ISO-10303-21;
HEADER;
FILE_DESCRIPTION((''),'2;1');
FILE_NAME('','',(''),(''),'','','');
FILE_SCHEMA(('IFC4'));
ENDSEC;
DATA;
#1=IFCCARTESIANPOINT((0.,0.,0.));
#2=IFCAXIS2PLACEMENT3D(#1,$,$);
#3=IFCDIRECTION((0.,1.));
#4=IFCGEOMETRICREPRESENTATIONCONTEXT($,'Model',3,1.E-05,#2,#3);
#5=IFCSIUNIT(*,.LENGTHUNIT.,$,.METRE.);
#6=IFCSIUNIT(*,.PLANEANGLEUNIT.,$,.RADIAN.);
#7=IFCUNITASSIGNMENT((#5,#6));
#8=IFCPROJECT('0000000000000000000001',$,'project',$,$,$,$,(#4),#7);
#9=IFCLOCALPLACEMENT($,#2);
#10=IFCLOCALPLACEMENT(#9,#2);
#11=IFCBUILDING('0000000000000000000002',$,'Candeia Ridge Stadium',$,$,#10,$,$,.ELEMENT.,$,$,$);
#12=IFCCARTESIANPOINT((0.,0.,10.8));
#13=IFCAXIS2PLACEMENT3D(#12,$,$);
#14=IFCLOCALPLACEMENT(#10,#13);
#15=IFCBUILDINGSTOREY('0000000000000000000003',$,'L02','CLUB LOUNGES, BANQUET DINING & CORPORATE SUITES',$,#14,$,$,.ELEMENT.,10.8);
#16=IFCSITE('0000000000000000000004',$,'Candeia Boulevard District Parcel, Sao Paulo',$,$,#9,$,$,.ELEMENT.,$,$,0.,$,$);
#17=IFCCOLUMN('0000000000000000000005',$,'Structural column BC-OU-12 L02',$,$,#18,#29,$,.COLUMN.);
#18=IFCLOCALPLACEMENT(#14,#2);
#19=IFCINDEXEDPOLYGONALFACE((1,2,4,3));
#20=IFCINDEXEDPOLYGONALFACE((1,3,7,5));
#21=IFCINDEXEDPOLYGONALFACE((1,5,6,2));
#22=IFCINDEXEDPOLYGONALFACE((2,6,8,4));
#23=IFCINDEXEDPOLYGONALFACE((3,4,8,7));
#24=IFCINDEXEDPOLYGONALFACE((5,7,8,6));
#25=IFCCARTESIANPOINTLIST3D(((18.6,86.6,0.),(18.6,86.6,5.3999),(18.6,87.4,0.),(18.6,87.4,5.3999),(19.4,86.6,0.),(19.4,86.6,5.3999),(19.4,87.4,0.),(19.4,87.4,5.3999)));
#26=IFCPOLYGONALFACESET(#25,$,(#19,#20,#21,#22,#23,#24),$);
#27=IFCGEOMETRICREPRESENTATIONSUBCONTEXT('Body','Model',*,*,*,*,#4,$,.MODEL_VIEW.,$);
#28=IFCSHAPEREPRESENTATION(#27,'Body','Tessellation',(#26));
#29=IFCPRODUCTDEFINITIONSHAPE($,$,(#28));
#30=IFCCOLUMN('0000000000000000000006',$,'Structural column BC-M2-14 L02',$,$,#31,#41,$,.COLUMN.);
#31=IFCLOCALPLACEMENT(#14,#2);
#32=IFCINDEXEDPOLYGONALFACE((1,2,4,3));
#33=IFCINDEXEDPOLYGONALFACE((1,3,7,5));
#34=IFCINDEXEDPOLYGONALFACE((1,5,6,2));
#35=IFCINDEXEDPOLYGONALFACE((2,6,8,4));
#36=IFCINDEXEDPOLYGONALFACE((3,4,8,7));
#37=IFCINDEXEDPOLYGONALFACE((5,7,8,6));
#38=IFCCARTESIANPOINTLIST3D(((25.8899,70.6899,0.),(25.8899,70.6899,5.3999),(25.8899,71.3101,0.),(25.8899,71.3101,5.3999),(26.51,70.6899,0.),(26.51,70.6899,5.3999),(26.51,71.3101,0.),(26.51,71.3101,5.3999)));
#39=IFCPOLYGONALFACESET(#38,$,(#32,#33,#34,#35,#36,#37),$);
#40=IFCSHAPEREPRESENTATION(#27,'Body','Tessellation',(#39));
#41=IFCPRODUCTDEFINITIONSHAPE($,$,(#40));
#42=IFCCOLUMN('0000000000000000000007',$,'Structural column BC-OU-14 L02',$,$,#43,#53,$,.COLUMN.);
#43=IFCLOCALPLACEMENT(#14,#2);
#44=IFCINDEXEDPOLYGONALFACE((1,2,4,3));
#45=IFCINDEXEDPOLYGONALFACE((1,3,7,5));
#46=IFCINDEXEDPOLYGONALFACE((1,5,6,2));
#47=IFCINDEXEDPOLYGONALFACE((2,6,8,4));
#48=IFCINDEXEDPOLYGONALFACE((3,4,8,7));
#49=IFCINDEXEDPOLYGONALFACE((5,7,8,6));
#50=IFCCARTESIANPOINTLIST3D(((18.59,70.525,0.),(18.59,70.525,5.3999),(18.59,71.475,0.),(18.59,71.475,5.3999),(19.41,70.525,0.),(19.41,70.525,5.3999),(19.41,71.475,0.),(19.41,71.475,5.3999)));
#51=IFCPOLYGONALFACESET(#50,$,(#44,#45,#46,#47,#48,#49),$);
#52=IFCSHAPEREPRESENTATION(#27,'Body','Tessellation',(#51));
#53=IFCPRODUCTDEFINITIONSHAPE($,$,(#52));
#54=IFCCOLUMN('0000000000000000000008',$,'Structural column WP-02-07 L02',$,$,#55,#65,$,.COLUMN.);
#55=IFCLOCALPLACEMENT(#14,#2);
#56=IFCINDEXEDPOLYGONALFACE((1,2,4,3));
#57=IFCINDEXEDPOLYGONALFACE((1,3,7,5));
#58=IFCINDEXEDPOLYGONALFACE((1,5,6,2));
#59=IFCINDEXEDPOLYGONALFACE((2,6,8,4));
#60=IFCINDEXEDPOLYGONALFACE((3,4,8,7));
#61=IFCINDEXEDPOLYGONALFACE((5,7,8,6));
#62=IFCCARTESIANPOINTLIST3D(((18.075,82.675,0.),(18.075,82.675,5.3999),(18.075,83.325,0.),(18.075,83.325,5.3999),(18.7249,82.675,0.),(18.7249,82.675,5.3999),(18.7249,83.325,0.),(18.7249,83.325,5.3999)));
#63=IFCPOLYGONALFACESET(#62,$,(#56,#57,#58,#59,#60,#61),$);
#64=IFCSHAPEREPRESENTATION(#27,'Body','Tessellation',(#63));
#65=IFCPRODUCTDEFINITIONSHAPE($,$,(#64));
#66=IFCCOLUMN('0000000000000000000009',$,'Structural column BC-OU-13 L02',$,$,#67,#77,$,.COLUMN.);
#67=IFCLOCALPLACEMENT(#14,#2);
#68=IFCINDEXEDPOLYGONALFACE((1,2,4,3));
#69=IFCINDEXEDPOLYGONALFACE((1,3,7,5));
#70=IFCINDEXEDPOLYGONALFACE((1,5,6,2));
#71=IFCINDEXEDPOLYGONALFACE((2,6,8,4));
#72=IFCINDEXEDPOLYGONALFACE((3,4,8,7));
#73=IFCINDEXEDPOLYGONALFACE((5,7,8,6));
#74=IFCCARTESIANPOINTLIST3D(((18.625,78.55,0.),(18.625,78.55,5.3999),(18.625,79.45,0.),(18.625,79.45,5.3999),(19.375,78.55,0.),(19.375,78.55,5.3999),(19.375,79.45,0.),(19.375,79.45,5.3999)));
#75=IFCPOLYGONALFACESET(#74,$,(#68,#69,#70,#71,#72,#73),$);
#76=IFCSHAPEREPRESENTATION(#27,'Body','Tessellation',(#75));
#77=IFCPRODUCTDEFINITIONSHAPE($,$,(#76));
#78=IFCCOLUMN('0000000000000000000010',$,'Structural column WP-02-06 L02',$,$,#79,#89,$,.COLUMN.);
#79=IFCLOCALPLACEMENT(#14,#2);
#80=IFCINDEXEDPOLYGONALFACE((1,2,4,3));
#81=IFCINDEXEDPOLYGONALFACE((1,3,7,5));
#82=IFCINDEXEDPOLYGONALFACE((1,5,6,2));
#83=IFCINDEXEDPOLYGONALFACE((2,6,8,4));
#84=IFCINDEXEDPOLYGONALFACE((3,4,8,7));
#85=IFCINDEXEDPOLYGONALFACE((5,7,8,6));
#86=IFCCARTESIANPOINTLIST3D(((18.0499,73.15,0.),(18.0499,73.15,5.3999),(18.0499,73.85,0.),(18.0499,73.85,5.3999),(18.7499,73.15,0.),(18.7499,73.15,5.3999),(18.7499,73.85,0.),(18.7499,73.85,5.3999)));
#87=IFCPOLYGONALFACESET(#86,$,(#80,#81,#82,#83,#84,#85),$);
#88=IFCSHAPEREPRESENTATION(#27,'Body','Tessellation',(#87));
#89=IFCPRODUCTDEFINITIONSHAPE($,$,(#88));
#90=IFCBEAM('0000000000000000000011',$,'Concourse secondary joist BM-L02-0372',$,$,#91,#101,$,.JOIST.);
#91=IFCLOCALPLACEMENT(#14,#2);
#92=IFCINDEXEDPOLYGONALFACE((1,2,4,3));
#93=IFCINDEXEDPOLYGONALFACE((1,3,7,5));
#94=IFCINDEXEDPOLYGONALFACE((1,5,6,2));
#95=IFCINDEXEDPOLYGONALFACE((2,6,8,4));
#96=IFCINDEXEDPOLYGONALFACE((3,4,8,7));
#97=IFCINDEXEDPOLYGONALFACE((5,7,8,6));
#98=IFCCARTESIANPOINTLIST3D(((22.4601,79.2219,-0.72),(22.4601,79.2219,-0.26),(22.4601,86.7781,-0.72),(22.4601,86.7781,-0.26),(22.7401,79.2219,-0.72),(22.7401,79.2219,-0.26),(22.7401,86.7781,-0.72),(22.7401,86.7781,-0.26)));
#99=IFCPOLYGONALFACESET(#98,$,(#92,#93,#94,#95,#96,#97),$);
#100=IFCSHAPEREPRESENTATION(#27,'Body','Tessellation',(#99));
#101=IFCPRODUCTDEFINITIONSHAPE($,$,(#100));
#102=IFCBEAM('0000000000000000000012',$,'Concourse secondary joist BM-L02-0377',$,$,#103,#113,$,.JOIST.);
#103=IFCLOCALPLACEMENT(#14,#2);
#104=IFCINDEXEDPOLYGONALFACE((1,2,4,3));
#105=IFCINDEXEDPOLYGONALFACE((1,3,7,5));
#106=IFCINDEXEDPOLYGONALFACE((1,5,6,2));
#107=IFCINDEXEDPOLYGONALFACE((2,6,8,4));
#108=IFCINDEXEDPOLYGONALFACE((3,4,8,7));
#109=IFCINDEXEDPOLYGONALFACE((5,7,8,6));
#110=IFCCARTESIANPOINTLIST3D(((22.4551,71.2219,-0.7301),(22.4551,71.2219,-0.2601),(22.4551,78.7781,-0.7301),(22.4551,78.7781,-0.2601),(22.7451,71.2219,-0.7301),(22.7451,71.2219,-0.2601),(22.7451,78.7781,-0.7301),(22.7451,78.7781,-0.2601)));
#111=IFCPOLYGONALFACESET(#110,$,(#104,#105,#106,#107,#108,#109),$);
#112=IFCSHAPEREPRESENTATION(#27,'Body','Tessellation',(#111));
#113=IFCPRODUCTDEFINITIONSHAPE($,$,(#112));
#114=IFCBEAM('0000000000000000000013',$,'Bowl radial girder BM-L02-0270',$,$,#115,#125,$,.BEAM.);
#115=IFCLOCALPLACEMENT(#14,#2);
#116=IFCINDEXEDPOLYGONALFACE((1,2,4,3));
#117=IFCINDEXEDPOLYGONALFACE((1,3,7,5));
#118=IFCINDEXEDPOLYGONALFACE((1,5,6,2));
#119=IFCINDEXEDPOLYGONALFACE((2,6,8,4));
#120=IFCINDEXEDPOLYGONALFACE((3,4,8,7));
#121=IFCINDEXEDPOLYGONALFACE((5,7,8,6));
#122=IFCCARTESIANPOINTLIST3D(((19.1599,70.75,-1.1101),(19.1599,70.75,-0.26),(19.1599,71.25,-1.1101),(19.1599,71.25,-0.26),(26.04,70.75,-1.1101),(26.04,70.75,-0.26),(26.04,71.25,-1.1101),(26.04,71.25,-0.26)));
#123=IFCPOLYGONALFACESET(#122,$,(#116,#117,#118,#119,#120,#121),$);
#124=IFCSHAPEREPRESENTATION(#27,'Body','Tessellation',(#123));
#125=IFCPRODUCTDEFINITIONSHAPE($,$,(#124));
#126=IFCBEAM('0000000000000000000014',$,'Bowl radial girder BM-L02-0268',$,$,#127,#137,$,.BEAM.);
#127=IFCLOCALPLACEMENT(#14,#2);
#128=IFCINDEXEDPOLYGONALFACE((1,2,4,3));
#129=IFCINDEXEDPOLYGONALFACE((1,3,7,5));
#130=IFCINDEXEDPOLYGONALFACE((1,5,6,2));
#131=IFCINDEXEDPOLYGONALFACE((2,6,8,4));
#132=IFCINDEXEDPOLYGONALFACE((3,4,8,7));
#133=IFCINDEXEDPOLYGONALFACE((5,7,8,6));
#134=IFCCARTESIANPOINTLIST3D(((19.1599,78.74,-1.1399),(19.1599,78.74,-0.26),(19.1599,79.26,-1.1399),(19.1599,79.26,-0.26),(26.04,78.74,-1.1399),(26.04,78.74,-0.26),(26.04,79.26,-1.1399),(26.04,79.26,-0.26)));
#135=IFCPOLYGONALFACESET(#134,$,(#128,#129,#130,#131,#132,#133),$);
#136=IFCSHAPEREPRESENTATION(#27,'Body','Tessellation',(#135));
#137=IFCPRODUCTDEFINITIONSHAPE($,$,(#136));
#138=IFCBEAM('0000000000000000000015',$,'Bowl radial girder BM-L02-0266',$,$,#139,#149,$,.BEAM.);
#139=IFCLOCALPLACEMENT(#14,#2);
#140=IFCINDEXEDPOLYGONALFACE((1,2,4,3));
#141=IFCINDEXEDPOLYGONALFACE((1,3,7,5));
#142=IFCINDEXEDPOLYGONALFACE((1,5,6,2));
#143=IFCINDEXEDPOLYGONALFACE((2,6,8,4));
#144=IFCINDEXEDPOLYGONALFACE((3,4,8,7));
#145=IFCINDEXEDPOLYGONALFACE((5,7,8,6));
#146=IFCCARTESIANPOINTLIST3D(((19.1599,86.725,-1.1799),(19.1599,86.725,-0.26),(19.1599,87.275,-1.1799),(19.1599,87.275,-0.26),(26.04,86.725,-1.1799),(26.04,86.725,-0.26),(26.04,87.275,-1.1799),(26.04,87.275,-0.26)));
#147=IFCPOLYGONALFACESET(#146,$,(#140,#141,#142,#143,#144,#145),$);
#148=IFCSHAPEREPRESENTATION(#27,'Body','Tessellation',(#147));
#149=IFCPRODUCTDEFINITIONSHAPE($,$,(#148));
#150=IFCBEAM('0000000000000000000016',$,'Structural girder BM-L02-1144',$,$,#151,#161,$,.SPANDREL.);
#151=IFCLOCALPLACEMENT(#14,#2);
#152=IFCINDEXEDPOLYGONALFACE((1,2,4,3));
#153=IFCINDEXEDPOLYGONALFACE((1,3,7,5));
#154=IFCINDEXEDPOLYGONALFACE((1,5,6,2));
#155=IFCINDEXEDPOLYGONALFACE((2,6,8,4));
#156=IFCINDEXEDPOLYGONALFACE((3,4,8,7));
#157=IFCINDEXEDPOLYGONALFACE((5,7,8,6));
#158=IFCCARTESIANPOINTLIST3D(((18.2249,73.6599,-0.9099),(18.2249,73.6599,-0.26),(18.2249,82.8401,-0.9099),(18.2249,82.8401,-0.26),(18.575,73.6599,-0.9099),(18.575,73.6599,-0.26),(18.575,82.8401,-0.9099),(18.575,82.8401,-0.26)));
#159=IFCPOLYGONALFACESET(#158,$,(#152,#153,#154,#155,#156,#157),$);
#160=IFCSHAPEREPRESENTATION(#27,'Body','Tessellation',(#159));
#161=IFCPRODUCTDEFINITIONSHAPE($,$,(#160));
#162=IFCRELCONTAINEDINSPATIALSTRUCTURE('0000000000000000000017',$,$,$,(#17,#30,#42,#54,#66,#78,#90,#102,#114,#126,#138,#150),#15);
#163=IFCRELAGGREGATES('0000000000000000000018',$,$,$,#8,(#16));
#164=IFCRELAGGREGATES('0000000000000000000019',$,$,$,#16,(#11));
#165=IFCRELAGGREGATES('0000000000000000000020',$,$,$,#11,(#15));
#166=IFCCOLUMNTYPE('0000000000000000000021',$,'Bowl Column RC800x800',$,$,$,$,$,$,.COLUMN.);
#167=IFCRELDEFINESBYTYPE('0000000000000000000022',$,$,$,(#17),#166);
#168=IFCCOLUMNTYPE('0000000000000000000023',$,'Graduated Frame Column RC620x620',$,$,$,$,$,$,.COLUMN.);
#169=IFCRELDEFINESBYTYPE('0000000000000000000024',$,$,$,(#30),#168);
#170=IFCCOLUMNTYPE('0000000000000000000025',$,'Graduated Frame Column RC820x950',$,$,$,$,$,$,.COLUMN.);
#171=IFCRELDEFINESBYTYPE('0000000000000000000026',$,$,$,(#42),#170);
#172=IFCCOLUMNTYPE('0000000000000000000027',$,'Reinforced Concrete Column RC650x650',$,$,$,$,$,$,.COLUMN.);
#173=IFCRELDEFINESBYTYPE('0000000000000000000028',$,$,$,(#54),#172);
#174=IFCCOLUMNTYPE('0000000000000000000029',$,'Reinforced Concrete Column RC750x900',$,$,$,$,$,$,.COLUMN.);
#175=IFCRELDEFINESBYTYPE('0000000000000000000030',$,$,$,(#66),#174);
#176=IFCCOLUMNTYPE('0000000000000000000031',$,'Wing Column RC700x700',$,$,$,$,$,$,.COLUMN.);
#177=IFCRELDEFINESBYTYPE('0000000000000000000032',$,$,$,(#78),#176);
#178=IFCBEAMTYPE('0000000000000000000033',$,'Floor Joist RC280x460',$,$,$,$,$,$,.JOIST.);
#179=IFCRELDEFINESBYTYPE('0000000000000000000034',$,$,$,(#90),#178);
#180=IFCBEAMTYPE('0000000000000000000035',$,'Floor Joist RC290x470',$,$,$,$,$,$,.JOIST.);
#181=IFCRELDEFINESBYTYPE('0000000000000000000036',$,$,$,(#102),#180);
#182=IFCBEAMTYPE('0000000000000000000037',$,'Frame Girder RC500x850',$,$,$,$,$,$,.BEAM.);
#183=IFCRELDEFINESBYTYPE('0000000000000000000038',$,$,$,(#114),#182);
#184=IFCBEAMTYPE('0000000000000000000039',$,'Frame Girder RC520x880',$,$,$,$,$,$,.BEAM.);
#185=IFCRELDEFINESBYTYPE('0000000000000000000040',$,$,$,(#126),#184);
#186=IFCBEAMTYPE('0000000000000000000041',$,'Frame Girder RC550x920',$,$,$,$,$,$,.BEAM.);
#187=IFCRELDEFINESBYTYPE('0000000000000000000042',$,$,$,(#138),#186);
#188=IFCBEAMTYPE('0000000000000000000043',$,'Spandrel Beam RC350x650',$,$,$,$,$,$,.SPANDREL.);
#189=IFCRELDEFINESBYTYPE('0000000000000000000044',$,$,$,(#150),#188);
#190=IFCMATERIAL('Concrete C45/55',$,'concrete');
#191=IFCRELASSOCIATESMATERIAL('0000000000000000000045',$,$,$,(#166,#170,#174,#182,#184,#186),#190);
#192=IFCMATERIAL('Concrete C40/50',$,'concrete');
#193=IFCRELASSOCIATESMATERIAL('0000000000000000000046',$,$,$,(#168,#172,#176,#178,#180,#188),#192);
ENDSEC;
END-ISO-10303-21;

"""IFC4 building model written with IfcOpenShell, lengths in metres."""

from ifc_helpers import new_model, si_unit, direction, frame, origin, origin_2d, place, context, subcontext, project, spatial, rectangle, extrude, material, material_profile, profile_set, type_object, element, save


model = new_model("IFC4")

# Units and contexts
model_context = context("Model", 3, precision=1e-05, world=origin(), true_north=direction((0.0, 1.0)))
body_context = subcontext(model_context, "Body", "Model", "MODEL_VIEW")
ifc_project = project(units=[si_unit("LENGTHUNIT", "METRE"), si_unit("PLANEANGLEUNIT", "RADIAN")], contexts=[model_context])

# Site, building, storey
site_placement = place(None, origin())
site = spatial("IfcSite", under=ifc_project, at=site_placement, Name="Candeia Boulevard District Parcel, Sao Paulo", CompositionType="ELEMENT", RefElevation=0.0)
building_placement = place(site_placement, origin())
building = spatial("IfcBuilding", under=site, at=building_placement, Name="Candeia Ridge Stadium", CompositionType="ELEMENT")
storey_placement = place(building_placement, frame((0.0, 0.0, 10.8)))
storey = spatial("IfcBuildingStorey", under=building, at=storey_placement, Name="L02", Description="CLUB LOUNGES, BANQUET DINING & CORPORATE SUITES", CompositionType="ELEMENT", Elevation=10.8)

# Columns
ifc_material_1 = material(Name="Concrete C45/55", Category="concrete")
ifc_material_profile_1 = material_profile(ifc_material_1, rectangle(XDim=0.8, YDim=0.8, at=origin_2d()), Name="RC800x800", Category="concrete")
ifc_profile_set_1 = profile_set([ifc_material_profile_1], Name="Concrete C45/55")
column_type_1 = type_object("IfcColumnType", Name="Bowl Column RC800x800", PredefinedType="COLUMN", material=ifc_profile_set_1)
column_1_placement = place(storey_placement, frame((19.0, 87.0, 0.0), z_axis=(0.0, 0.0, 1.0), x_axis=(1.0, 0.0, 0.0)))
element("IfcColumn", 1, at=column_1_placement, inside=storey, type_object=column_type_1, Name="Structural column BC-OU-12 L02", PredefinedType="COLUMN", context=body_context, shape_type="SweptSolid", body=[
    extrude(rectangle(XDim=0.8, YDim=0.8, at=origin_2d()), origin(), (0.0, 0.0, 1.0), 5.3999),
])
ifc_material_2 = material(Name="Concrete C40/50", Category="concrete")
ifc_material_profile_2 = material_profile(ifc_material_2, rectangle(XDim=0.6201, YDim=0.6201, at=origin_2d()), Name="RC620x620", Category="concrete")
ifc_profile_set_2 = profile_set([ifc_material_profile_2], Name="Concrete C40/50")
column_type_2 = type_object("IfcColumnType", Name="Graduated Frame Column RC620x620", PredefinedType="COLUMN", material=ifc_profile_set_2)
column_2_placement = place(storey_placement, frame((26.2, 71.0, 0.0), z_axis=(0.0, 0.0, 1.0), x_axis=(1.0, 0.0, 0.0)))
element("IfcColumn", 2, at=column_2_placement, inside=storey, type_object=column_type_2, Name="Structural column BC-M2-14 L02", PredefinedType="COLUMN", context=body_context, shape_type="SweptSolid", body=[
    extrude(rectangle(XDim=0.6201, YDim=0.6201, at=origin_2d()), origin(), (0.0, 0.0, 1.0), 5.3999),
])
ifc_material_profile_3 = material_profile(ifc_material_1, rectangle(XDim=0.8201, YDim=0.95, at=origin_2d()), Name="RC820x950", Category="concrete")
ifc_profile_set_3 = profile_set([ifc_material_profile_3], Name="Concrete C45/55")
column_type_3 = type_object("IfcColumnType", Name="Graduated Frame Column RC820x950", PredefinedType="COLUMN", material=ifc_profile_set_3)
column_3_placement = place(storey_placement, frame((19.0, 71.0, 0.0), z_axis=(0.0, 0.0, 1.0), x_axis=(1.0, 0.0, 0.0)))
element("IfcColumn", 3, at=column_3_placement, inside=storey, type_object=column_type_3, Name="Structural column BC-OU-14 L02", PredefinedType="COLUMN", context=body_context, shape_type="SweptSolid", body=[
    extrude(rectangle(XDim=0.8201, YDim=0.95, at=origin_2d()), origin(), (0.0, 0.0, 1.0), 5.3999),
])
ifc_material_profile_4 = material_profile(ifc_material_2, rectangle(XDim=0.6499, YDim=0.6499, at=origin_2d()), Name="RC650x650", Category="concrete")
ifc_profile_set_4 = profile_set([ifc_material_profile_4], Name="Concrete C40/50")
column_type_4 = type_object("IfcColumnType", Name="Reinforced Concrete Column RC650x650", PredefinedType="COLUMN", material=ifc_profile_set_4)
column_4_placement = place(storey_placement, frame((18.3999, 83.0, 0.0), z_axis=(0.0, 0.0, 1.0), x_axis=(1.0, 0.0, 0.0)))
element("IfcColumn", 4, at=column_4_placement, inside=storey, type_object=column_type_4, Name="Structural column WP-02-07 L02", PredefinedType="COLUMN", context=body_context, shape_type="SweptSolid", body=[
    extrude(rectangle(XDim=0.6499, YDim=0.6499, at=origin_2d()), origin(), (0.0, 0.0, 1.0), 5.3999),
])
ifc_material_profile_5 = material_profile(ifc_material_1, rectangle(XDim=0.75, YDim=0.8999, at=origin_2d()), Name="RC750x900", Category="concrete")
ifc_profile_set_5 = profile_set([ifc_material_profile_5], Name="Concrete C45/55")
column_type_5 = type_object("IfcColumnType", Name="Reinforced Concrete Column RC750x900", PredefinedType="COLUMN", material=ifc_profile_set_5)
column_5_placement = place(storey_placement, frame((19.0, 79.0, 0.0), z_axis=(0.0, 0.0, 1.0), x_axis=(1.0, 0.0, 0.0)))
element("IfcColumn", 5, at=column_5_placement, inside=storey, type_object=column_type_5, Name="Structural column BC-OU-13 L02", PredefinedType="COLUMN", context=body_context, shape_type="SweptSolid", body=[
    extrude(rectangle(XDim=0.75, YDim=0.8999, at=origin_2d()), origin(), (0.0, 0.0, 1.0), 5.3999),
])
ifc_material_profile_6 = material_profile(ifc_material_2, rectangle(XDim=0.7, YDim=0.7, at=origin_2d()), Name="RC700x700", Category="concrete")
ifc_profile_set_6 = profile_set([ifc_material_profile_6], Name="Concrete C40/50")
column_type_6 = type_object("IfcColumnType", Name="Wing Column RC700x700", PredefinedType="COLUMN", material=ifc_profile_set_6)
column_6_placement = place(storey_placement, frame((18.3999, 73.5, 0.0), z_axis=(0.0, 0.0, 1.0), x_axis=(1.0, 0.0, 0.0)))
element("IfcColumn", 6, at=column_6_placement, inside=storey, type_object=column_type_6, Name="Structural column WP-02-06 L02", PredefinedType="COLUMN", context=body_context, shape_type="SweptSolid", body=[
    extrude(rectangle(XDim=0.7, YDim=0.7, at=origin_2d()), origin(), (0.0, 0.0, 1.0), 5.3999),
])

# Beams
ifc_material_profile_7 = material_profile(ifc_material_2, rectangle(XDim=0.28, YDim=0.46, at=origin_2d()), Name="RC280x460", Category="concrete")
ifc_profile_set_7 = profile_set([ifc_material_profile_7], Name="Concrete C40/50")
beam_type_1 = type_object("IfcBeamType", Name="Floor Joist RC280x460", PredefinedType="JOIST", material=ifc_profile_set_7)
beam_1_placement = place(storey_placement, frame((22.6001, 86.7781, -0.49), z_axis=(0.0, -1.0, 0.0), x_axis=(1.0, 0.0, 0.0)))
element("IfcBeam", 7, at=beam_1_placement, inside=storey, type_object=beam_type_1, Name="Concourse secondary joist BM-L02-0372", PredefinedType="JOIST", context=body_context, shape_type="SweptSolid", body=[
    extrude(rectangle(XDim=0.28, YDim=0.46, at=origin_2d()), origin(), (0.0, 0.0, 1.0), 7.5562),
])
ifc_material_profile_8 = material_profile(ifc_material_2, rectangle(XDim=0.29, YDim=0.47, at=origin_2d()), Name="RC290x470", Category="concrete")
ifc_profile_set_8 = profile_set([ifc_material_profile_8], Name="Concrete C40/50")
beam_type_2 = type_object("IfcBeamType", Name="Floor Joist RC290x470", PredefinedType="JOIST", material=ifc_profile_set_8)
beam_2_placement = place(storey_placement, frame((22.6001, 78.7781, -0.4951), z_axis=(0.0, -1.0, 0.0), x_axis=(1.0, 0.0, 0.0)))
element("IfcBeam", 8, at=beam_2_placement, inside=storey, type_object=beam_type_2, Name="Concourse secondary joist BM-L02-0377", PredefinedType="JOIST", context=body_context, shape_type="SweptSolid", body=[
    extrude(rectangle(XDim=0.29, YDim=0.47, at=origin_2d()), origin(), (0.0, 0.0, 1.0), 7.5562),
])
ifc_material_profile_9 = material_profile(ifc_material_1, rectangle(XDim=0.5, YDim=0.8501, at=origin_2d()), Name="RC500x850", Category="concrete")
ifc_profile_set_9 = profile_set([ifc_material_profile_9], Name="Concrete C45/55")
beam_type_3 = type_object("IfcBeamType", Name="Frame Girder RC500x850", PredefinedType="BEAM", material=ifc_profile_set_9)
beam_3_placement = place(storey_placement, frame((26.04, 71.0, -0.6851), z_axis=(-1.0, 0.0, 0.0), x_axis=(0.0, -1.0, 0.0)))
element("IfcBeam", 9, at=beam_3_placement, inside=storey, type_object=beam_type_3, Name="Bowl radial girder BM-L02-0270", PredefinedType="BEAM", context=body_context, shape_type="SweptSolid", body=[
    extrude(rectangle(XDim=0.5, YDim=0.8501, at=origin_2d()), origin(), (0.0, 0.0, 1.0), 6.8801),
])
ifc_material_profile_10 = material_profile(ifc_material_1, rectangle(XDim=0.52, YDim=0.8799, at=origin_2d()), Name="RC520x880", Category="concrete")
ifc_profile_set_10 = profile_set([ifc_material_profile_10], Name="Concrete C45/55")
beam_type_4 = type_object("IfcBeamType", Name="Frame Girder RC520x880", PredefinedType="BEAM", material=ifc_profile_set_10)
beam_4_placement = place(storey_placement, frame((26.04, 79.0, -0.7), z_axis=(-1.0, 0.0, 0.0), x_axis=(0.0, -1.0, 0.0)))
element("IfcBeam", 10, at=beam_4_placement, inside=storey, type_object=beam_type_4, Name="Bowl radial girder BM-L02-0268", PredefinedType="BEAM", context=body_context, shape_type="SweptSolid", body=[
    extrude(rectangle(XDim=0.52, YDim=0.8799, at=origin_2d()), origin(), (0.0, 0.0, 1.0), 6.8801),
])
ifc_material_profile_11 = material_profile(ifc_material_1, rectangle(XDim=0.55, YDim=0.9199, at=origin_2d()), Name="RC550x920", Category="concrete")
ifc_profile_set_11 = profile_set([ifc_material_profile_11], Name="Concrete C45/55")
beam_type_5 = type_object("IfcBeamType", Name="Frame Girder RC550x920", PredefinedType="BEAM", material=ifc_profile_set_11)
beam_5_placement = place(storey_placement, frame((26.04, 87.0, -0.72), z_axis=(-1.0, 0.0, 0.0), x_axis=(0.0, -1.0, 0.0)))
element("IfcBeam", 11, at=beam_5_placement, inside=storey, type_object=beam_type_5, Name="Bowl radial girder BM-L02-0266", PredefinedType="BEAM", context=body_context, shape_type="SweptSolid", body=[
    extrude(rectangle(XDim=0.55, YDim=0.9199, at=origin_2d()), origin(), (0.0, 0.0, 1.0), 6.8801),
])
ifc_material_profile_12 = material_profile(ifc_material_2, rectangle(XDim=0.3501, YDim=0.6499, at=origin_2d()), Name="RC350x650", Category="concrete")
ifc_profile_set_12 = profile_set([ifc_material_profile_12], Name="Concrete C40/50")
beam_type_6 = type_object("IfcBeamType", Name="Spandrel Beam RC350x650", PredefinedType="SPANDREL", material=ifc_profile_set_12)
for number, where, z_axis, x_axis, name in (
    (12, (18.3999, 73.6599, -0.585), (0.0, 1.0, 0.0), (-1.0, 0.0, 0.0), "Structural girder BM-L02-1144"),
):
    element("IfcBeam", number, at=place(storey_placement, frame(where, z_axis=z_axis, x_axis=x_axis)), inside=storey, type_object=beam_type_6, Name=name, PredefinedType="SPANDREL", context=body_context, shape_type="SweptSolid", body=[
        extrude(rectangle(XDim=0.3501, YDim=0.6499, at=origin_2d()), origin(), (0.0, 0.0, 1.0), 9.1802),
    ])

save(model, "model.ifc")
